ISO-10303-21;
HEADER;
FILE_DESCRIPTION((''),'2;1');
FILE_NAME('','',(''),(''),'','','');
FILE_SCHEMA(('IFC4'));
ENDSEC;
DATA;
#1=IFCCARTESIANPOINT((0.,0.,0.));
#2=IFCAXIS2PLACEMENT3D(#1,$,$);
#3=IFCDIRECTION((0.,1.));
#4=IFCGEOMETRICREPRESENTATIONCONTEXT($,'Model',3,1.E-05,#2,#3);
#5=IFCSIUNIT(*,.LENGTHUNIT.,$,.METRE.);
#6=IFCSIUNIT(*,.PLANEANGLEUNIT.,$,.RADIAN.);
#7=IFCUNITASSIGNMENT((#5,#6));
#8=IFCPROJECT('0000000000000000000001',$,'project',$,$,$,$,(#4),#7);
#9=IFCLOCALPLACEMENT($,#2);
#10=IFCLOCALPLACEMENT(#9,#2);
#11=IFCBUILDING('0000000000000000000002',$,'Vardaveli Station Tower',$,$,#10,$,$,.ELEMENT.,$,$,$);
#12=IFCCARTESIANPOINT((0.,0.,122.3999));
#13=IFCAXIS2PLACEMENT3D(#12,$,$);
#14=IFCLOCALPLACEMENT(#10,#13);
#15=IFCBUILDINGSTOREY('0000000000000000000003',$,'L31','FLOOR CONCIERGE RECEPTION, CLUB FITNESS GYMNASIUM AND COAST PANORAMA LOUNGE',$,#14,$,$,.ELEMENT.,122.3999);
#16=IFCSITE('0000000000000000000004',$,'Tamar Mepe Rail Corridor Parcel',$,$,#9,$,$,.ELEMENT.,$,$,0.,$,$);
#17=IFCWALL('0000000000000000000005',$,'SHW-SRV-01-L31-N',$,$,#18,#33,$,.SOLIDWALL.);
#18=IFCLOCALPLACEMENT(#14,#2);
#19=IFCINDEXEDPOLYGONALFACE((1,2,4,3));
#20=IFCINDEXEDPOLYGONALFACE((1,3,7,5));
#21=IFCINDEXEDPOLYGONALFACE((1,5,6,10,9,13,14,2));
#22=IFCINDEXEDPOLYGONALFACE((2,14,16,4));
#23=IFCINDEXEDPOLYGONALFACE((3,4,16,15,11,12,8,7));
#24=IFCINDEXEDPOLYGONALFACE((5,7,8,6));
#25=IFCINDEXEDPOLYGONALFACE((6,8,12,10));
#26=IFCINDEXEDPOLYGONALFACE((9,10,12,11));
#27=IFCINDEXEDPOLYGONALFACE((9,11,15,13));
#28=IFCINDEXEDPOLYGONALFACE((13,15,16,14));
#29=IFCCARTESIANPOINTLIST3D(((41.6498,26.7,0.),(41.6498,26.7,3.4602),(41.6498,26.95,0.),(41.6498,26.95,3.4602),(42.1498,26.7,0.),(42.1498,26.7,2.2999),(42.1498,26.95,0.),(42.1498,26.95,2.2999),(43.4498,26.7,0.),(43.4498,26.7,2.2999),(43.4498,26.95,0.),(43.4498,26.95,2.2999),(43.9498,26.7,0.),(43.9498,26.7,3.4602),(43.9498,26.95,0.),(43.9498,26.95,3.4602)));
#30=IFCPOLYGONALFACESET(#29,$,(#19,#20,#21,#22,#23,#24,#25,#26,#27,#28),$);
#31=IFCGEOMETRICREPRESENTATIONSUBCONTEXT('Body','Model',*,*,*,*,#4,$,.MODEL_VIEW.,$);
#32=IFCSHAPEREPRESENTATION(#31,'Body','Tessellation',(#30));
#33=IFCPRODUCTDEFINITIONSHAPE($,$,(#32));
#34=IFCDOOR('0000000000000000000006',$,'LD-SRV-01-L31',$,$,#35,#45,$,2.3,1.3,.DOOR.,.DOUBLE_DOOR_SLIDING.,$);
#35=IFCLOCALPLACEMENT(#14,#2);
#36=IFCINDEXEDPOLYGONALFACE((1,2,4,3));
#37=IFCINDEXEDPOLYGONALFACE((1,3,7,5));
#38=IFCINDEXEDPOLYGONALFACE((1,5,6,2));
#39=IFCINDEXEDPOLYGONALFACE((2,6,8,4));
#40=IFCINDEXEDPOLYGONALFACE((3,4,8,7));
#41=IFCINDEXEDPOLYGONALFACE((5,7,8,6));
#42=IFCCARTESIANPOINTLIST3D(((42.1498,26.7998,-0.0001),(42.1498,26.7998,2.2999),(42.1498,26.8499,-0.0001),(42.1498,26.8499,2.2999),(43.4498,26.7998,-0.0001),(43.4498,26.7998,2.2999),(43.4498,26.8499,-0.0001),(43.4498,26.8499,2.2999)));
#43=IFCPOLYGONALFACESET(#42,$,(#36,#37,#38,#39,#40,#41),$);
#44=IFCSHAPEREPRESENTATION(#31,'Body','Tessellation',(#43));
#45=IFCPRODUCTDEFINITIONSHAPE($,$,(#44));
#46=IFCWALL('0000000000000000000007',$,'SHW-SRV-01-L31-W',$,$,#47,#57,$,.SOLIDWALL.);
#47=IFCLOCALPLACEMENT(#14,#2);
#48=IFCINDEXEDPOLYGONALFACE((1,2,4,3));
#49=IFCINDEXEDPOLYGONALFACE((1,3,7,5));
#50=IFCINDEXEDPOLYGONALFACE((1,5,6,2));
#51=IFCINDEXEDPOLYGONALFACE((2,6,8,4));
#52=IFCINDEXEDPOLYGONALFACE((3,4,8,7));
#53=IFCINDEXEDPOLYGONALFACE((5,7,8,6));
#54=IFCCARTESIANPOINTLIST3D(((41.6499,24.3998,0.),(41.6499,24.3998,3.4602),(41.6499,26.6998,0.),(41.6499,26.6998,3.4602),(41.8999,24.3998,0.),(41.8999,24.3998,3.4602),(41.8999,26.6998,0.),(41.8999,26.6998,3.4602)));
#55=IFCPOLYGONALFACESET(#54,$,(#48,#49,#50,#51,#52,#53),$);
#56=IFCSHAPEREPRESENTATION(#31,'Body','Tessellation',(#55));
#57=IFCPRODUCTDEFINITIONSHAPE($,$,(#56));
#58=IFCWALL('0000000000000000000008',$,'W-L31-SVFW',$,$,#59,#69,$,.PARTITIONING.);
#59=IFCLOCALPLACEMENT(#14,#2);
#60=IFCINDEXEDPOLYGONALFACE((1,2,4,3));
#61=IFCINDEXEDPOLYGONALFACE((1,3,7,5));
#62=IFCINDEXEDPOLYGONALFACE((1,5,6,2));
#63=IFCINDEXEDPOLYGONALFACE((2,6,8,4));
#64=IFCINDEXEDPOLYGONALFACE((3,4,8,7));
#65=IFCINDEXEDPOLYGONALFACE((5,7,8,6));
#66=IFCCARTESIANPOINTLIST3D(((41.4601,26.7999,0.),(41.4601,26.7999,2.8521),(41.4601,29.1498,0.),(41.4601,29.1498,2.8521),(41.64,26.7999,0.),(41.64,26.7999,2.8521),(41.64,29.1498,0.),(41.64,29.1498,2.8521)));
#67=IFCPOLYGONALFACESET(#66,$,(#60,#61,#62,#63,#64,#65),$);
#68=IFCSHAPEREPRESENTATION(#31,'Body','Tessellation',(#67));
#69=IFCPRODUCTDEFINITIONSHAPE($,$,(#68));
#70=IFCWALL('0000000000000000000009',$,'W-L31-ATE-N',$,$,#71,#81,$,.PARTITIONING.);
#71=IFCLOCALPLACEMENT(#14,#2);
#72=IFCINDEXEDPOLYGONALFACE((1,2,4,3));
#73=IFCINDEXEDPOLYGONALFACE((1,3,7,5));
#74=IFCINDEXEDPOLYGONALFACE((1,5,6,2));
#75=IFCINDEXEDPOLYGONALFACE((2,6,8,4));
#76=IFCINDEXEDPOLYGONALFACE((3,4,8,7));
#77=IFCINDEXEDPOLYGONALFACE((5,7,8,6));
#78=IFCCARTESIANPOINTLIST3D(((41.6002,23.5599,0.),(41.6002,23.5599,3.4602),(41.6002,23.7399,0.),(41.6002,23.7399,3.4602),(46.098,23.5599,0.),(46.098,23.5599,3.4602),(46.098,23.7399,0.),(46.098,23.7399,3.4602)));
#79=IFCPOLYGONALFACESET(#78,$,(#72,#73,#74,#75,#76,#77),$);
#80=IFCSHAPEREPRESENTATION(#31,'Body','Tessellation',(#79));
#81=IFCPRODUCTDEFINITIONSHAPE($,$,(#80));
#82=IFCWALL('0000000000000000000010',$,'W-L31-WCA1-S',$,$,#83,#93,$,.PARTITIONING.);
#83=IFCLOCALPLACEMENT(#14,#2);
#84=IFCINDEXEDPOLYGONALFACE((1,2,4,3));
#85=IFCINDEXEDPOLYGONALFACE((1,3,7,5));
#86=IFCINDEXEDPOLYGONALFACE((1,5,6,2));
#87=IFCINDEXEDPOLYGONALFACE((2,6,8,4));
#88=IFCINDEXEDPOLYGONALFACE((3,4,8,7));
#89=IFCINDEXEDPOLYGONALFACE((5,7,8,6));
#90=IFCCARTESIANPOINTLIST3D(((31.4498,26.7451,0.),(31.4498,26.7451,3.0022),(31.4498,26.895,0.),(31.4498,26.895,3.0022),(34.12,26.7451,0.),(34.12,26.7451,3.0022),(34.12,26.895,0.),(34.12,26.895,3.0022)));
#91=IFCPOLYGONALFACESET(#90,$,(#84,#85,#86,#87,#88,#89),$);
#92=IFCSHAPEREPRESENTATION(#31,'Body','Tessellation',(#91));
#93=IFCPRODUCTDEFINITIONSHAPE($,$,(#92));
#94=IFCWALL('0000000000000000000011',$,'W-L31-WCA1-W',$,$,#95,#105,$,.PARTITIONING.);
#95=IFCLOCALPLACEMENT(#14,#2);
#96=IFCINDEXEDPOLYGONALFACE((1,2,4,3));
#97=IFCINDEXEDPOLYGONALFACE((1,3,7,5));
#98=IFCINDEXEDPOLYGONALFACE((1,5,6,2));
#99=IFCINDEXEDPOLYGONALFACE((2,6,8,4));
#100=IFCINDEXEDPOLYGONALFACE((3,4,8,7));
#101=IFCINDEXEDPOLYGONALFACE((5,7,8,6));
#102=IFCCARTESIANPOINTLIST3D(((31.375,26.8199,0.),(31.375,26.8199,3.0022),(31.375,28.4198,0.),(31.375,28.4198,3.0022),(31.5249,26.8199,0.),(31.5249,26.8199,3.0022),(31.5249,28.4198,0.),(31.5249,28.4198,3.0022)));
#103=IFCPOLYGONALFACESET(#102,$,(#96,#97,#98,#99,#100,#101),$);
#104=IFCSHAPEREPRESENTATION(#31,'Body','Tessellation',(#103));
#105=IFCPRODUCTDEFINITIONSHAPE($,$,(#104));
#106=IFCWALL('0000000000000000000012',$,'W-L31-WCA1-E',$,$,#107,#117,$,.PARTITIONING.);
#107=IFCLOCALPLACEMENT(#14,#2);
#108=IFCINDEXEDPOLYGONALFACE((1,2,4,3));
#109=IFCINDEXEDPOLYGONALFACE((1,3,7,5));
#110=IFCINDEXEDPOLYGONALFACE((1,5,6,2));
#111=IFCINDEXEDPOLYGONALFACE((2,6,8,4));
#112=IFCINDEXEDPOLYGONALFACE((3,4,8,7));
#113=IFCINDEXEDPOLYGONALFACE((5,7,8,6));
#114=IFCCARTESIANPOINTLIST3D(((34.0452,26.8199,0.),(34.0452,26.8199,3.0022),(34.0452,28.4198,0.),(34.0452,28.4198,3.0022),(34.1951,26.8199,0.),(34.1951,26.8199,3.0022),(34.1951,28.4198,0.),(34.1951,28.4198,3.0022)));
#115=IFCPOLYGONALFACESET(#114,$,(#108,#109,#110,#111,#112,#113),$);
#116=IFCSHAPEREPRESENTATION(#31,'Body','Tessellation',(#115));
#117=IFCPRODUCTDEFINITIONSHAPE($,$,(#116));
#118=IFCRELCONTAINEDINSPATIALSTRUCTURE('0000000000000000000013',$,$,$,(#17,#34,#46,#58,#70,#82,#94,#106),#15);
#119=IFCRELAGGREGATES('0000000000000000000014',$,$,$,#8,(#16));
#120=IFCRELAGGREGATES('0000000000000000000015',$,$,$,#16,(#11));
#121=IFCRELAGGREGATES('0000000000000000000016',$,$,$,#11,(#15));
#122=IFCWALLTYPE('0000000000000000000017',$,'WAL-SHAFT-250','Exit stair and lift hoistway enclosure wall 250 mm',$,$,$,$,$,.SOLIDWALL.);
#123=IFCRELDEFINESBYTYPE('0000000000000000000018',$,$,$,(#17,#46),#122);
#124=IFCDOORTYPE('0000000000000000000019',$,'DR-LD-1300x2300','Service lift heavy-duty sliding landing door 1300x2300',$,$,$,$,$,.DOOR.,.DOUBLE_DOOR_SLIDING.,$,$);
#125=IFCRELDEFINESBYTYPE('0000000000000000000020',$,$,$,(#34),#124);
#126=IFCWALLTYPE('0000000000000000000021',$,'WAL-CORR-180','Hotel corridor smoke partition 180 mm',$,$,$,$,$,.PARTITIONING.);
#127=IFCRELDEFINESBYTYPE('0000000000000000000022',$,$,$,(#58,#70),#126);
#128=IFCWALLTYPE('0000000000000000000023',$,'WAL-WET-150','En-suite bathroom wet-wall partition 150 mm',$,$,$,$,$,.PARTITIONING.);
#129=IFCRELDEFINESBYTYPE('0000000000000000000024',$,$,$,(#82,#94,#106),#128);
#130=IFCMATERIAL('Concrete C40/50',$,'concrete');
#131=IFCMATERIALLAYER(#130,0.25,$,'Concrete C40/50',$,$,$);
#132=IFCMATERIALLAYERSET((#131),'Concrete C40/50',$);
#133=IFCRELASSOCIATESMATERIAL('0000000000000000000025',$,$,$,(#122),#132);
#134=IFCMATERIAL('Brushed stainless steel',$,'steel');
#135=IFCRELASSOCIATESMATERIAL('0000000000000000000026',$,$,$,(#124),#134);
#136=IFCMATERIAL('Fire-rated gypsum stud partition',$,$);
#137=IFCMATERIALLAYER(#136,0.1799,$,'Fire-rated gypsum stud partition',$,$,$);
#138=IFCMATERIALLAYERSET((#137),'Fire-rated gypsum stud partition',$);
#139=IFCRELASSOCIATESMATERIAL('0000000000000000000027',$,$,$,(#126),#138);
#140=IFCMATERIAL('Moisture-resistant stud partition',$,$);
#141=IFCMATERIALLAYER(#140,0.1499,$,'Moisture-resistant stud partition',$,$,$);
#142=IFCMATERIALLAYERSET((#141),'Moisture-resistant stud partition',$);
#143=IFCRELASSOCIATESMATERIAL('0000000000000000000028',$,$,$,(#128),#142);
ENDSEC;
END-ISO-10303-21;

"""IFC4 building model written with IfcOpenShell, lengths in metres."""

from ifc_helpers import new_model, si_unit, direction, frame, frame_2d, origin, place, context, subcontext, project, spatial, rectangle, extrude, source, transform, mapped, material, layer, layer_set, type_object, element, fill, save


model = new_model("IFC4")

# Units and contexts
model_context = context("Model", 3, precision=1e-05, world=origin(), true_north=direction((0.0, 1.0)))
body_context = subcontext(model_context, "Body", "Model", "MODEL_VIEW")
ifc_project = project(units=[si_unit("LENGTHUNIT", "METRE"), si_unit("PLANEANGLEUNIT", "RADIAN")], contexts=[model_context])

# Site, building, storey
site_placement = place(None, origin())
site = spatial("IfcSite", under=ifc_project, at=site_placement, Name="Tamar Mepe Rail Corridor Parcel", CompositionType="ELEMENT", RefElevation=0.0)
building_placement = place(site_placement, origin())
building = spatial("IfcBuilding", under=site, at=building_placement, Name="Vardaveli Station Tower", CompositionType="ELEMENT")
storey_placement = place(building_placement, frame((0.0, 0.0, 122.3999)))
storey = spatial("IfcBuildingStorey", under=building, at=storey_placement, Name="L31", Description="FLOOR CONCIERGE RECEPTION, CLUB FITNESS GYMNASIUM AND COAST PANORAMA LOUNGE", CompositionType="ELEMENT", Elevation=122.3999)

# Shared definitions
ifc_material_1 = material(Name="Concrete C40/50", Category="concrete")
ifc_layer_1 = layer(ifc_material_1, 0.25, Name="Concrete C40/50")
ifc_layer_set_1 = layer_set([ifc_layer_1], Name="Concrete C40/50")
wall_type_1 = type_object("IfcWallType", Name="WAL-SHAFT-250", Description="Exit stair and lift hoistway enclosure wall 250 mm", PredefinedType="SOLIDWALL", material=ifc_layer_set_1)
shared_shape_1 = source(origin(), body_context, "Body", "SweptSolid", [
    extrude(rectangle(XDim=2.3, YDim=0.25, at=frame_2d((1.1499, 0.0))), origin(), (0.0, 0.0, 1.0), 3.4602),
])

# Wall, opening, door
wall_1_placement = place(storey_placement, frame((41.6499, 26.825, 0.0), z_axis=(0.0, 0.0, 1.0), x_axis=(1.0, 0.0, 0.0)))
wall_1 = element("IfcWall", 1, at=wall_1_placement, inside=storey, type_object=wall_type_1, Name="SHW-SRV-01-L31-N", PredefinedType="SOLIDWALL", context=body_context, shape_type="MappedRepresentation", body=[
    mapped(shared_shape_1, transform((0.0, 0.0, 0.0), scale=1.0)),
])
shared_shape_2 = source(origin(), body_context, "Body", "SweptSolid", [
    extrude(rectangle(XDim=1.3, YDim=2.3, at=frame_2d((0.6499, 1.1499))), frame((0.0, 0.135, 0.0), z_axis=(0.0, -1.0, 0.0), x_axis=(1.0, 0.0, 0.0)), (0.0, 0.0, 1.0), 0.27),
])
opening_placement = place(wall_1_placement, frame((0.5, 0.0, 0.0)))
opening = element("IfcOpeningElement", 2, at=opening_placement, cuts=wall_1, PredefinedType="OPENING", context=body_context, shape_type="MappedRepresentation", body=[
    mapped(shared_shape_2, transform((0.0, 0.0, 0.0), scale=1.0)),
])
ifc_material_2 = material(Name="Brushed stainless steel", Category="steel")
door_type = type_object("IfcDoorType", Name="DR-LD-1300x2300", Description="Service lift heavy-duty sliding landing door 1300x2300", OperationType="DOUBLE_DOOR_SLIDING", PredefinedType="DOOR", material=ifc_material_2)
shared_shape_3 = source(origin(), body_context, "Body", "SweptSolid", [
    extrude(rectangle(XDim=1.3, YDim=2.3, at=frame_2d((0.6499, 1.1499))), frame((0.0, 0.0249, 0.0), z_axis=(0.0, -1.0, 0.0), x_axis=(1.0, 0.0, 0.0)), (0.0, 0.0, 1.0), 0.05),
])
door_placement = place(opening_placement, origin())
door = element("IfcDoor", 3, at=door_placement, inside=storey, type_object=door_type, Name="LD-SRV-01-L31", OperationType="DOUBLE_DOOR_SLIDING", OverallHeight=2.3, OverallWidth=1.3, PredefinedType="DOOR", context=body_context, shape_type="MappedRepresentation", body=[
    mapped(shared_shape_3, transform((0.0, 0.0, 0.0), scale=1.0)),
])
fill(opening, door)

# Walls
wall_2_placement = place(storey_placement, frame((41.7749, 24.3999, 0.0), z_axis=(0.0, 0.0, 1.0), x_axis=(0.0, 1.0, 0.0)))
element("IfcWall", 4, at=wall_2_placement, inside=storey, type_object=wall_type_1, Name="SHW-SRV-01-L31-W", PredefinedType="SOLIDWALL", context=body_context, shape_type="MappedRepresentation", body=[
    mapped(shared_shape_1, transform((0.0, 0.0, 0.0), scale=1.0)),
])
ifc_material_3 = material(Name="Fire-rated gypsum stud partition")
ifc_layer_2 = layer(ifc_material_3, 0.1799, Name="Fire-rated gypsum stud partition")
ifc_layer_set_2 = layer_set([ifc_layer_2], Name="Fire-rated gypsum stud partition")
wall_type_2 = type_object("IfcWallType", Name="WAL-CORR-180", Description="Hotel corridor smoke partition 180 mm", PredefinedType="PARTITIONING", material=ifc_layer_set_2)
shared_shape_4 = source(origin(), body_context, "Body", "SweptSolid", [
    extrude(rectangle(XDim=2.3499, YDim=0.1799, at=frame_2d((1.1748, 0.0))), origin(), (0.0, 0.0, 1.0), 2.8521),
])
wall_3_placement = place(storey_placement, frame((41.55, 26.8, 0.0), z_axis=(0.0, 0.0, 1.0), x_axis=(0.0, 1.0, 0.0)))
element("IfcWall", 5, at=wall_3_placement, inside=storey, type_object=wall_type_2, Name="W-L31-SVFW", PredefinedType="PARTITIONING", context=body_context, shape_type="MappedRepresentation", body=[
    mapped(shared_shape_4, transform((0.0, 0.0, 0.0), scale=1.0)),
])
shared_shape_5 = source(origin(), body_context, "Body", "SweptSolid", [
    extrude(rectangle(XDim=4.4978, YDim=0.1799, at=frame_2d((2.249, 0.0))), origin(), (0.0, 0.0, 1.0), 3.4602),
])
wall_4_placement = place(storey_placement, frame((41.6001, 23.6499, 0.0), z_axis=(0.0, 0.0, 1.0), x_axis=(1.0, 0.0, 0.0)))
element("IfcWall", 6, at=wall_4_placement, inside=storey, type_object=wall_type_2, Name="W-L31-ATE-N", PredefinedType="PARTITIONING", context=body_context, shape_type="MappedRepresentation", body=[
    mapped(shared_shape_5, transform((0.0, 0.0, 0.0), scale=1.0)),
])
ifc_material_4 = material(Name="Moisture-resistant stud partition")
ifc_layer_3 = layer(ifc_material_4, 0.1499, Name="Moisture-resistant stud partition")
ifc_layer_set_3 = layer_set([ifc_layer_3], Name="Moisture-resistant stud partition")
wall_type_3 = type_object("IfcWallType", Name="WAL-WET-150", Description="En-suite bathroom wet-wall partition 150 mm", PredefinedType="PARTITIONING", material=ifc_layer_set_3)
shared_shape_6 = source(origin(), body_context, "Body", "SweptSolid", [
    extrude(rectangle(XDim=2.6702, YDim=0.1499, at=frame_2d((1.335, 0.0))), origin(), (0.0, 0.0, 1.0), 3.0022),
])
wall_5_placement = place(storey_placement, frame((31.45, 26.8201, 0.0), z_axis=(0.0, 0.0, 1.0), x_axis=(1.0, 0.0, 0.0)))
element("IfcWall", 7, at=wall_5_placement, inside=storey, type_object=wall_type_3, Name="W-L31-WCA1-S", PredefinedType="PARTITIONING", context=body_context, shape_type="MappedRepresentation", body=[
    mapped(shared_shape_6, transform((0.0, 0.0, 0.0), scale=1.0)),
])
shared_shape_7 = source(origin(), body_context, "Body", "SweptSolid", [
    extrude(rectangle(XDim=1.5999, YDim=0.1499, at=frame_2d((0.7998, 0.0))), origin(), (0.0, 0.0, 1.0), 3.0022),
])
for number, where, z_axis, x_axis, name in (
    (8, (31.45, 26.8201, 0.0), (0.0, 0.0, 1.0), (0.0, 1.0, 0.0), "W-L31-WCA1-W"),
    (9, (34.1201, 26.8201, 0.0), (0.0, 0.0, 1.0), (0.0, 1.0, 0.0), "W-L31-WCA1-E"),
):
    element("IfcWall", number, at=place(storey_placement, frame(where, z_axis=z_axis, x_axis=x_axis)), inside=storey, type_object=wall_type_3, Name=name, PredefinedType="PARTITIONING", context=body_context, shape_type="MappedRepresentation", body=[
        mapped(shared_shape_7, transform((0.0, 0.0, 0.0), scale=1.0)),
    ])

save(model, "model.ifc")
